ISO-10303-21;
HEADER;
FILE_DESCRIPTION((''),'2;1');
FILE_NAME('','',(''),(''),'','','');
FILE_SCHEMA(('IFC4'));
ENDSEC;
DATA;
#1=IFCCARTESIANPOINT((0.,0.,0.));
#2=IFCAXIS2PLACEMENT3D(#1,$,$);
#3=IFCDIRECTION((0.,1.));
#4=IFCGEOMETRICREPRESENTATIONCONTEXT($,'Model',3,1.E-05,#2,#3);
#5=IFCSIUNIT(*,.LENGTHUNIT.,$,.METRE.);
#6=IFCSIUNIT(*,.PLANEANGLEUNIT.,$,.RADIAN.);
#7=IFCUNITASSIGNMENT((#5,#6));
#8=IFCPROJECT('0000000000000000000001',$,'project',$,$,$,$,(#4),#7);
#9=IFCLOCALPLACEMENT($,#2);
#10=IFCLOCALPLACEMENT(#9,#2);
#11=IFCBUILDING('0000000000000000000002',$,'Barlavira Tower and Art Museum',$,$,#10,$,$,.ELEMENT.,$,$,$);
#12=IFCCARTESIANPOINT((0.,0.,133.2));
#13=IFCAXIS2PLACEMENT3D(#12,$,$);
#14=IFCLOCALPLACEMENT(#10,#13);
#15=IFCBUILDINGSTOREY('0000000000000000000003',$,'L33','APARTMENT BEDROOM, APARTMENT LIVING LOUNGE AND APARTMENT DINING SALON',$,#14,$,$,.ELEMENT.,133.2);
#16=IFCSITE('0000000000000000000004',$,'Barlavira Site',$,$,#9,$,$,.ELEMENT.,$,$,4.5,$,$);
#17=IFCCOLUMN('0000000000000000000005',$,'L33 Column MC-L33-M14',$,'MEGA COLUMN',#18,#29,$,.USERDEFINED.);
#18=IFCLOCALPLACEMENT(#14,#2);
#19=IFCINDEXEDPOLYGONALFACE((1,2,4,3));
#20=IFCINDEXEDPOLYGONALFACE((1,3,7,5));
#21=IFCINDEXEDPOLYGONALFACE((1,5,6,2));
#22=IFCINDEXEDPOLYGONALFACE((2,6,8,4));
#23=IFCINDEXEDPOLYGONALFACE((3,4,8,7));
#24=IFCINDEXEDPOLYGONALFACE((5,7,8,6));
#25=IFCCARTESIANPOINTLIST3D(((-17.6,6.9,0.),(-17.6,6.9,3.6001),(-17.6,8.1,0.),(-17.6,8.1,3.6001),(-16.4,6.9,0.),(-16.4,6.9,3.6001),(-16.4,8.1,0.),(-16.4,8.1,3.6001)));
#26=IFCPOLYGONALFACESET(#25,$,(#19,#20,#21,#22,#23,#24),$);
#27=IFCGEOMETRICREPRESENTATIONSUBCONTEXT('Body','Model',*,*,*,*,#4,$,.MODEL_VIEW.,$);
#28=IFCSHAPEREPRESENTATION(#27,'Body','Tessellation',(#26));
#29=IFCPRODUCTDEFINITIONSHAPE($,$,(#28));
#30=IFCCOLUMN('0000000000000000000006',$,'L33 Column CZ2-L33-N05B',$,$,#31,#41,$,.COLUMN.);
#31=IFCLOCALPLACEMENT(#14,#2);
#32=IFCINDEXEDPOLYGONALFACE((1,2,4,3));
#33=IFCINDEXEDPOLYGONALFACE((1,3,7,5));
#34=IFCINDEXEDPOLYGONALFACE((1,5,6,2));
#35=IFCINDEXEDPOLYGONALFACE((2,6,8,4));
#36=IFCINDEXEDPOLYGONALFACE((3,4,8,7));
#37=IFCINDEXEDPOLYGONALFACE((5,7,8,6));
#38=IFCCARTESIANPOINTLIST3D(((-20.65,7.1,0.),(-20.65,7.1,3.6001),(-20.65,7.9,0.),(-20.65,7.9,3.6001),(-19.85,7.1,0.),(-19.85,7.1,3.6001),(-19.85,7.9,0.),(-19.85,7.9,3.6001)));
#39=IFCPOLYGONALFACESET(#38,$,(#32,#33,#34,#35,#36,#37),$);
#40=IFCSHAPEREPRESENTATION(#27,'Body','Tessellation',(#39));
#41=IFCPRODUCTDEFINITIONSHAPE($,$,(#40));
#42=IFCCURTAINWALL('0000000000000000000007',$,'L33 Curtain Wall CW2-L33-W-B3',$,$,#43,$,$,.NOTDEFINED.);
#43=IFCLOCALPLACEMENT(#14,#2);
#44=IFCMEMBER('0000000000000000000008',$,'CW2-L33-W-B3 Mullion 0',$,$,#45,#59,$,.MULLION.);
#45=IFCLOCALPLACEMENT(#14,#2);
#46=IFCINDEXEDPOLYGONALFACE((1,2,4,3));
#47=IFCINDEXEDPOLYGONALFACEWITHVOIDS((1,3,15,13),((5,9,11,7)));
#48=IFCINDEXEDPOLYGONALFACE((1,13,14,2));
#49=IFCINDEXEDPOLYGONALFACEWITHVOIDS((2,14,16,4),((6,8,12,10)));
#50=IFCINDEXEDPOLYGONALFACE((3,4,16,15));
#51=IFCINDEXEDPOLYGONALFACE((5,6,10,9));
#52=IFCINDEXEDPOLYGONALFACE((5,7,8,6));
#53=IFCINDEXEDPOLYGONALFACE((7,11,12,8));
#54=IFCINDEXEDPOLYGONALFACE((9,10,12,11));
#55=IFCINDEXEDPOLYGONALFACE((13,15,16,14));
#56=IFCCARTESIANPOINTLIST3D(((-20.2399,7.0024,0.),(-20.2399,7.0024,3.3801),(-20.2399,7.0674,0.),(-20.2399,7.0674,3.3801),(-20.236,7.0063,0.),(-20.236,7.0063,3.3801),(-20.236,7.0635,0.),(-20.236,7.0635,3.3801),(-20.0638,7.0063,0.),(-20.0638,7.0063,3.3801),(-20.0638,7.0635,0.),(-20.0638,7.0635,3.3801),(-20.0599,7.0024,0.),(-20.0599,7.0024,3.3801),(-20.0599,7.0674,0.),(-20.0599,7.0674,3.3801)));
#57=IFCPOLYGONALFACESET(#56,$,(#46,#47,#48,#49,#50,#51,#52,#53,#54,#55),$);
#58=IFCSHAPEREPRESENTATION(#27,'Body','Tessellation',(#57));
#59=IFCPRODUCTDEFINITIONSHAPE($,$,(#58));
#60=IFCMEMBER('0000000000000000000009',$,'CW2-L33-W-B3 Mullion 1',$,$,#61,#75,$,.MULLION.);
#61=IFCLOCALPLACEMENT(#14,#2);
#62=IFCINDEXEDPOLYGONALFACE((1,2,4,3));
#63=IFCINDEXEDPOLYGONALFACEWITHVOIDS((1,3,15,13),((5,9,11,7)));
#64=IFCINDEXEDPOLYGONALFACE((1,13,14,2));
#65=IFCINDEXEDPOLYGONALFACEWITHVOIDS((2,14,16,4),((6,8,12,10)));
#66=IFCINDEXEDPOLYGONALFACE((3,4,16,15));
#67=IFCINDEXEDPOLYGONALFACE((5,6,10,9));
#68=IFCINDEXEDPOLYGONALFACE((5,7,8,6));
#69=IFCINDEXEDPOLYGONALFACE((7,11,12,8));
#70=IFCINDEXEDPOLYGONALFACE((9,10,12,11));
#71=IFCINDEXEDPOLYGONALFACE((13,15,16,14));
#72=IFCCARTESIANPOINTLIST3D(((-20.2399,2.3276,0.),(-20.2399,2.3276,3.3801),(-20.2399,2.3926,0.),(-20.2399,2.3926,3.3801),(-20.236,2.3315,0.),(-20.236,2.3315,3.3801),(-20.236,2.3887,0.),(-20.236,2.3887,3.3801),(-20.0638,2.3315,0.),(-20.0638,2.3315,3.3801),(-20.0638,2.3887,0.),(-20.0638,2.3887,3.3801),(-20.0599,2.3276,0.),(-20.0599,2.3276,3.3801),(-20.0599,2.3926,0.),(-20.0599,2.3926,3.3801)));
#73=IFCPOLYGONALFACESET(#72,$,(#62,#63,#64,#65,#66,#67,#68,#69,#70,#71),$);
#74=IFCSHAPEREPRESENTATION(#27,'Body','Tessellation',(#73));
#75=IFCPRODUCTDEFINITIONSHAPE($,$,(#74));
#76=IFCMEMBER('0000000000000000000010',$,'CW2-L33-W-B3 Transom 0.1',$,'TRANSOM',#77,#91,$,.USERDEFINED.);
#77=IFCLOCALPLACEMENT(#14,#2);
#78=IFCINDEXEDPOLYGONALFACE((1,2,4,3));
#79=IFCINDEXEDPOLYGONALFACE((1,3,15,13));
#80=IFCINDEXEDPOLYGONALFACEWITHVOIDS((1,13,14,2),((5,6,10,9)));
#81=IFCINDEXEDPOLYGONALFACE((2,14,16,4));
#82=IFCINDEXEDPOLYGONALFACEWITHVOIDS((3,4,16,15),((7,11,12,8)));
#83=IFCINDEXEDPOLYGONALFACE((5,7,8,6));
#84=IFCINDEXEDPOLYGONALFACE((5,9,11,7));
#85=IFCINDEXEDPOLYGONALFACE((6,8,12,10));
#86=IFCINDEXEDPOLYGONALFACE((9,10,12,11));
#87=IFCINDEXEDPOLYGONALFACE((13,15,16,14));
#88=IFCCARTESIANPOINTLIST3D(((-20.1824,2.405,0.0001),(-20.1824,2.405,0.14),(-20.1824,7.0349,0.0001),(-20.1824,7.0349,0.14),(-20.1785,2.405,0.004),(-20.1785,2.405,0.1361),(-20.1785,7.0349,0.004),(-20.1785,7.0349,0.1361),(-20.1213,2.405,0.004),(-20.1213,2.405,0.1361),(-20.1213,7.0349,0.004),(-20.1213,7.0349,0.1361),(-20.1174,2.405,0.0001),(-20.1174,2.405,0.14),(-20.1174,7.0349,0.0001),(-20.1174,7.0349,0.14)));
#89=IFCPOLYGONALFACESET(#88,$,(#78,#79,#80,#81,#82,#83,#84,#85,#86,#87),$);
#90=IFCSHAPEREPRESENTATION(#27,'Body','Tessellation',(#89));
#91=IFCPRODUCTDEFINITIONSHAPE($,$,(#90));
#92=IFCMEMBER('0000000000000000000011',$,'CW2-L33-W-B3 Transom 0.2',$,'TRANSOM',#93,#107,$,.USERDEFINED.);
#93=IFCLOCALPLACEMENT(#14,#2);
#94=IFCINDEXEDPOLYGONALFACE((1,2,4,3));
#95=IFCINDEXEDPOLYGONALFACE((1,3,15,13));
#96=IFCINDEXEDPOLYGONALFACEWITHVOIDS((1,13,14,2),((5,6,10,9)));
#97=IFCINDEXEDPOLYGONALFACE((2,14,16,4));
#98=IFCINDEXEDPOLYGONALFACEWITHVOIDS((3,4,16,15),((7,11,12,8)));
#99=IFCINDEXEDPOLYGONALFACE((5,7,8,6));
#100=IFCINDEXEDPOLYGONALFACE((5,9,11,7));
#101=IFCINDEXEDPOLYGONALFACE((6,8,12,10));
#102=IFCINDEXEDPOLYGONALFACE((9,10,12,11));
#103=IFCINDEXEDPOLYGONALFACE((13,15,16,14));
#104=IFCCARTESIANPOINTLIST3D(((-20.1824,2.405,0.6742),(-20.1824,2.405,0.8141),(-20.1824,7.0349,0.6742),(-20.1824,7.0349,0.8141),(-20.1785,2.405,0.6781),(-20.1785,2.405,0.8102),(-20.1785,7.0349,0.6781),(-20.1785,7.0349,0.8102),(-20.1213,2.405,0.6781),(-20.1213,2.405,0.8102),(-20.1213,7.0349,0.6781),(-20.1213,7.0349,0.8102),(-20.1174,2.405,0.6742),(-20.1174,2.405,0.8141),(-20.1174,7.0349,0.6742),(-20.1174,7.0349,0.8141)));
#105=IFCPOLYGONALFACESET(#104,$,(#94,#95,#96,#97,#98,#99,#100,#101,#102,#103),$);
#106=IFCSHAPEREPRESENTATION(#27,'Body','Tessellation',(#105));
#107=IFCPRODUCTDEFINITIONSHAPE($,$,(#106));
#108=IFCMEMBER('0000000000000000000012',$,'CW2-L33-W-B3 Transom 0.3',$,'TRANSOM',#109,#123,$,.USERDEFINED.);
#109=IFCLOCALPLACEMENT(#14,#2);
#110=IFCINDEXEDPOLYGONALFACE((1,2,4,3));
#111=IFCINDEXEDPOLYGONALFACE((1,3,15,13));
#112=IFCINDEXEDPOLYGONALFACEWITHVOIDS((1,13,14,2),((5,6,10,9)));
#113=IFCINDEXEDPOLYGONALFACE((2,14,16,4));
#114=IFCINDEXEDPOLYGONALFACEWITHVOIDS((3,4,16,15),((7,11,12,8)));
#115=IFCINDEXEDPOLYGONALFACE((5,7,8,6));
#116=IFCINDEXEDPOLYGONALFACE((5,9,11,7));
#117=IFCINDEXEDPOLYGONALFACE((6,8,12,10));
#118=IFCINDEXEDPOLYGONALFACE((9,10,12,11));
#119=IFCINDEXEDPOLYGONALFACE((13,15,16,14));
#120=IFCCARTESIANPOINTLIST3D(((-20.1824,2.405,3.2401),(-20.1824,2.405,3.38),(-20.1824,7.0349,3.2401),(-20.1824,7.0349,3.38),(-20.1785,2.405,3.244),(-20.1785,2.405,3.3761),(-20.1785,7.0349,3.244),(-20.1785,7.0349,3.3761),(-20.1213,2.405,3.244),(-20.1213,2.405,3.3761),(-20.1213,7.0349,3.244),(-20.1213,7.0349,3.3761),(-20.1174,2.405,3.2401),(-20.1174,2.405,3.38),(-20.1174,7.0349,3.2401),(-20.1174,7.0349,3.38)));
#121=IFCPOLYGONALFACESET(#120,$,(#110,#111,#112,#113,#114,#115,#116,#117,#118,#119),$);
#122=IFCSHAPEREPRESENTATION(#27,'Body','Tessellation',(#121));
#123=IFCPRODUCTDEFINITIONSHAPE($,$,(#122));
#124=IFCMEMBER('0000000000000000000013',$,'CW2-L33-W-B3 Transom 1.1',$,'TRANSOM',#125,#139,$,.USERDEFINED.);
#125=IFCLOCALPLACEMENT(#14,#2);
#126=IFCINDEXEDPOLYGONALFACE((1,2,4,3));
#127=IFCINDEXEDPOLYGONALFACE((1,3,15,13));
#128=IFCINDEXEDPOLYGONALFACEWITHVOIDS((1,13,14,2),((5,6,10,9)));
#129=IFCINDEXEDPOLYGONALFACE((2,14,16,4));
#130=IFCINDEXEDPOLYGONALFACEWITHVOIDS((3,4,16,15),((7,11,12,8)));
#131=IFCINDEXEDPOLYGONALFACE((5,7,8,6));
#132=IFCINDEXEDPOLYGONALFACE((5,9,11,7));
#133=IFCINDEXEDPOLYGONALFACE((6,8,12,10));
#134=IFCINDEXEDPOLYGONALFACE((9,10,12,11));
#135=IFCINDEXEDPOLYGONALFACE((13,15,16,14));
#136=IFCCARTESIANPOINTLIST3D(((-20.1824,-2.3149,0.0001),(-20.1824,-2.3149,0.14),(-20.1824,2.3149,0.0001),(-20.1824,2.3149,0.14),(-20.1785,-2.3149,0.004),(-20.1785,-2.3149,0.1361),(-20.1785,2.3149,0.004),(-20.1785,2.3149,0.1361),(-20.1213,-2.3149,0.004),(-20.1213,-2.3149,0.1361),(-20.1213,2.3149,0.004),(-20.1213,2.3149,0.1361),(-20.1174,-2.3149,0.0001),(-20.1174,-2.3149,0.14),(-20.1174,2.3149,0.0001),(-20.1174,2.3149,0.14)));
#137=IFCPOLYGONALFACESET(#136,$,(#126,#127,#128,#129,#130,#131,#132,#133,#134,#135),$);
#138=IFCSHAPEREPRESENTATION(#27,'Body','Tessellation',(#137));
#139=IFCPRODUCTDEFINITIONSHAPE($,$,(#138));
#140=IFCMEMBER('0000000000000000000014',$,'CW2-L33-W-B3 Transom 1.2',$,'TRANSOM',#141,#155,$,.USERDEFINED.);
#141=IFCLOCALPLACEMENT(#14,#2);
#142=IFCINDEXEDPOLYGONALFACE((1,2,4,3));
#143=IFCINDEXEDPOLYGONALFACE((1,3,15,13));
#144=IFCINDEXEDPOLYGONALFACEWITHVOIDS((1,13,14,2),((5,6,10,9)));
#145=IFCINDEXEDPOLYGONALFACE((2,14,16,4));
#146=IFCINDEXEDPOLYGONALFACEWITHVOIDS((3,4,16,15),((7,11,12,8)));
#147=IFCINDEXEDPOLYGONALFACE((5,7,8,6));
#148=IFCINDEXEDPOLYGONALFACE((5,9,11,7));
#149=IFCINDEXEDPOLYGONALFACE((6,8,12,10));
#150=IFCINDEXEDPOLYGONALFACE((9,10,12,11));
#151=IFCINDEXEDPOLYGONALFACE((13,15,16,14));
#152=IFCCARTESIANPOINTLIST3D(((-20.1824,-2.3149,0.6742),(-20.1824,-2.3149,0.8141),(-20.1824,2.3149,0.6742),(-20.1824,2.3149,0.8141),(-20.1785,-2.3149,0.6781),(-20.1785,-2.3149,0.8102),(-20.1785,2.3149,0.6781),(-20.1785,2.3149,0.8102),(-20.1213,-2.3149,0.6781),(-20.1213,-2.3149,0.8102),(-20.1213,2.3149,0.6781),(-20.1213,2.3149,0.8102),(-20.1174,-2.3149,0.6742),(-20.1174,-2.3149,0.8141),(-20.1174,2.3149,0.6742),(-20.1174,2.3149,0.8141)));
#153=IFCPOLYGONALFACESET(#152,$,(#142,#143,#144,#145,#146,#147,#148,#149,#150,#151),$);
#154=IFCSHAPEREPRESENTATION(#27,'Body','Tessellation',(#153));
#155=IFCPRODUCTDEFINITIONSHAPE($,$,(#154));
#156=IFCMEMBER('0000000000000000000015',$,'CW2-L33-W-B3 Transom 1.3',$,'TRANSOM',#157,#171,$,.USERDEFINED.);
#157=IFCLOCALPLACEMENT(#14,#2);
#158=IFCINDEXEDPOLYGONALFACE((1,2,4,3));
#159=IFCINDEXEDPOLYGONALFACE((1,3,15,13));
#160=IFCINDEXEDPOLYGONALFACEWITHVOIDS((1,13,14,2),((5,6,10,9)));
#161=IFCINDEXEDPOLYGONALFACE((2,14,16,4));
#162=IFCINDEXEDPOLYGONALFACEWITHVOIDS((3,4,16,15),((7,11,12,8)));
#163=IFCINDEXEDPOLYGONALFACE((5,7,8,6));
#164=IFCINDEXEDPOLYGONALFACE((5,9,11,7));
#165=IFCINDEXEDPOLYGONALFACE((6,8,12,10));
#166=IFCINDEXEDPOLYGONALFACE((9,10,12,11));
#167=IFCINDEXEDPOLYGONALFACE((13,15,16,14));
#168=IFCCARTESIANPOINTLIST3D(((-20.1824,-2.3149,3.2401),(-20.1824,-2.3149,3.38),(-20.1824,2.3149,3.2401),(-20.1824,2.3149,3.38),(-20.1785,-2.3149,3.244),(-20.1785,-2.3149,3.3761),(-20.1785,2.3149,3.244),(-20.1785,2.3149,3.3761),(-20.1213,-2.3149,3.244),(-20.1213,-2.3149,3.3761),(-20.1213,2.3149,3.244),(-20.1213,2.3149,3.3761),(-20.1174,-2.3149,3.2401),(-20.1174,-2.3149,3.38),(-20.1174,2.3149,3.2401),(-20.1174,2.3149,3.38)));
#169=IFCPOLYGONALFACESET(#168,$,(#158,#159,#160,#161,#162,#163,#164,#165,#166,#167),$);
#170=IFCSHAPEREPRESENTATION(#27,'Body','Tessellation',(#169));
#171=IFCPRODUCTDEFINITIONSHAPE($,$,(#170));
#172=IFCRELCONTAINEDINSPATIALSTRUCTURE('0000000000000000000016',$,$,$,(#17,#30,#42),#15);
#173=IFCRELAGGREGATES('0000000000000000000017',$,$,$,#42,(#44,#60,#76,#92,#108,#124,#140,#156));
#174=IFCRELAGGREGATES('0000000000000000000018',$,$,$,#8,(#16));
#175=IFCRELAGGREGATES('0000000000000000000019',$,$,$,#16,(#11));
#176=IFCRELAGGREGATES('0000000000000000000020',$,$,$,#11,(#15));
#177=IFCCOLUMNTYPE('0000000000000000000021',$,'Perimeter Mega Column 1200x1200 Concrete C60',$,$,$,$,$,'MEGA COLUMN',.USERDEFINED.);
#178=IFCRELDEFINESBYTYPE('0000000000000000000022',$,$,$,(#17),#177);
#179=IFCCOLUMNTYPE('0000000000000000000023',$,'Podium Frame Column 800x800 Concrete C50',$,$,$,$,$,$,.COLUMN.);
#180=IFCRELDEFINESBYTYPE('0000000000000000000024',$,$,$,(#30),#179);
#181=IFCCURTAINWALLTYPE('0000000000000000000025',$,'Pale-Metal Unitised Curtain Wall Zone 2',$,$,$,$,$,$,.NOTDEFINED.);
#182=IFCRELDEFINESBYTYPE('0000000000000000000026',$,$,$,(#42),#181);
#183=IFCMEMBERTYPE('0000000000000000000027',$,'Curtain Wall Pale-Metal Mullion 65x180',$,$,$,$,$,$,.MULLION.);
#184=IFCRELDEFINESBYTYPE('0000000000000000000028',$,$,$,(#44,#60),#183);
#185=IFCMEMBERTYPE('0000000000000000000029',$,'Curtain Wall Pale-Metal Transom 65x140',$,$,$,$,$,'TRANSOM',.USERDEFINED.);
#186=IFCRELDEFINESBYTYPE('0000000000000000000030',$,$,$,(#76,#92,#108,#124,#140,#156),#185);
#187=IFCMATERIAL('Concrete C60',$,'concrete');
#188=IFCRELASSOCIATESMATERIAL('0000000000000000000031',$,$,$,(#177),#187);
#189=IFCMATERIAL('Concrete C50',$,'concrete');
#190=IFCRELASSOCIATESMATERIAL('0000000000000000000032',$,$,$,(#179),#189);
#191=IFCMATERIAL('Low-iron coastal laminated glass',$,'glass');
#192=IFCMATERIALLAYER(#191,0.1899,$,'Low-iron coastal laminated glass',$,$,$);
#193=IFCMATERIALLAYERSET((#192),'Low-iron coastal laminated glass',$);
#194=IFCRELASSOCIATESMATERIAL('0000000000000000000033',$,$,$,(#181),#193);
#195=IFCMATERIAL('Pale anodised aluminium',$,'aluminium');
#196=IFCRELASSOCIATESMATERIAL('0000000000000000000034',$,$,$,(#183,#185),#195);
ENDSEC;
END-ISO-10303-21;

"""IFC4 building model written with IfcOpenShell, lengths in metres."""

from ifc_helpers import new_model, si_unit, direction, frame, origin, origin_2d, place, context, subcontext, project, spatial, rectangle, hollow_rectangle, extrude, material, layer, layer_set, material_profile, profile_set, type_object, element, aggregate, save


model = new_model("IFC4")

# Units and contexts
model_context = context("Model", 3, precision=1e-05, world=origin(), true_north=direction((0.0, 1.0)))
body_context = subcontext(model_context, "Body", "Model", "MODEL_VIEW")
ifc_project = project(units=[si_unit("LENGTHUNIT", "METRE"), si_unit("PLANEANGLEUNIT", "RADIAN")], contexts=[model_context])

# Site, building, storey
site_placement = place(None, origin())
site = spatial("IfcSite", under=ifc_project, at=site_placement, Name="Barlavira Site", CompositionType="ELEMENT", RefElevation=4.5)
building_placement = place(site_placement, origin())
building = spatial("IfcBuilding", under=site, at=building_placement, Name="Barlavira Tower and Art Museum", CompositionType="ELEMENT")
storey_placement = place(building_placement, frame((0.0, 0.0, 133.2)))
storey = spatial("IfcBuildingStorey", under=building, at=storey_placement, Name="L33", Description="APARTMENT BEDROOM, APARTMENT LIVING LOUNGE AND APARTMENT DINING SALON", CompositionType="ELEMENT", Elevation=133.2)

# Columns
ifc_material_1 = material(Name="Concrete C60", Category="concrete")
ifc_material_profile_1 = material_profile(ifc_material_1, rectangle(XDim=1.2, YDim=1.2, at=origin_2d()), Name="RC-COL 1200x1200")
ifc_profile_set_1 = profile_set([ifc_material_profile_1], Name="Concrete C60")
column_type_1 = type_object("IfcColumnType", Name="Perimeter Mega Column 1200x1200 Concrete C60", ElementType="MEGA COLUMN", PredefinedType="USERDEFINED", material=ifc_profile_set_1)
column_1_placement = place(storey_placement, frame((-17.0, 7.5, 0.0), z_axis=(0.0, 0.0, 1.0), x_axis=(1.0, 0.0, 0.0)))
element("IfcColumn", 1, at=column_1_placement, inside=storey, type_object=column_type_1, Name="L33 Column MC-L33-M14", ObjectType="MEGA COLUMN", PredefinedType="USERDEFINED", context=body_context, shape_type="SweptSolid", body=[
    extrude(rectangle(XDim=1.2, YDim=1.2, at=origin_2d()), origin(), (0.0, 0.0, 1.0), 3.6001),
])
ifc_material_2 = material(Name="Concrete C50", Category="concrete")
ifc_material_profile_2 = material_profile(ifc_material_2, rectangle(XDim=0.8, YDim=0.8, at=origin_2d()), Name="RC-COL 800x800")
ifc_profile_set_2 = profile_set([ifc_material_profile_2], Name="Concrete C50")
column_type_2 = type_object("IfcColumnType", Name="Podium Frame Column 800x800 Concrete C50", PredefinedType="COLUMN", material=ifc_profile_set_2)
column_2_placement = place(storey_placement, frame((-20.25, 7.5, 0.0), z_axis=(0.0, 0.0, 1.0), x_axis=(1.0, 0.0, 0.0)))
element("IfcColumn", 2, at=column_2_placement, inside=storey, type_object=column_type_2, Name="L33 Column CZ2-L33-N05B", PredefinedType="COLUMN", context=body_context, shape_type="SweptSolid", body=[
    extrude(rectangle(XDim=0.8, YDim=0.8, at=origin_2d()), origin(), (0.0, 0.0, 1.0), 3.6001),
])

# Curtain wall, members
ifc_material_3 = material(Name="Low-iron coastal laminated glass", Category="glass")
ifc_layer_1 = layer(ifc_material_3, 0.1899, Name="Low-iron coastal laminated glass")
ifc_layer_set_1 = layer_set([ifc_layer_1], Name="Low-iron coastal laminated glass")
curtain_wall_type = type_object("IfcCurtainWallType", Name="Pale-Metal Unitised Curtain Wall Zone 2", PredefinedType="NOTDEFINED", material=ifc_layer_set_1)
curtain_wall_placement = place(storey_placement, origin())
curtain_wall = element("IfcCurtainWall", 3, at=curtain_wall_placement, inside=storey, type_object=curtain_wall_type, Name="L33 Curtain Wall CW2-L33-W-B3", PredefinedType="NOTDEFINED")
ifc_material_4 = material(Name="Pale anodised aluminium", Category="aluminium")
ifc_material_profile_3 = material_profile(ifc_material_4, hollow_rectangle(XDim=0.0649, YDim=0.1799, WallThickness=0.0039, at=origin_2d()), Name="ALU-MULL 65x180x4")
ifc_profile_set_3 = profile_set([ifc_material_profile_3], Name="Pale anodised aluminium")
member_type_1 = type_object("IfcMemberType", Name="Curtain Wall Pale-Metal Mullion 65x180", PredefinedType="MULLION", material=ifc_profile_set_3)
member_1_placement = place(storey_placement, frame((-20.1499, 7.0349, 0.0), z_axis=(0.0, 0.0, 1.0), x_axis=(0.0, -1.0, 0.0)))
member_1 = element("IfcMember", 4, at=member_1_placement, type_object=member_type_1, Name="CW2-L33-W-B3 Mullion 0", PredefinedType="MULLION", context=body_context, shape_type="SweptSolid", body=[
    extrude(hollow_rectangle(XDim=0.0649, YDim=0.1799, WallThickness=0.0039, at=origin_2d()), origin(), (0.0, 0.0, 1.0), 3.3801),
])
member_2_placement = place(storey_placement, frame((-20.1499, 2.3601, 0.0), z_axis=(0.0, 0.0, 1.0), x_axis=(0.0, -1.0, 0.0)))
member_2 = element("IfcMember", 5, at=member_2_placement, type_object=member_type_1, Name="CW2-L33-W-B3 Mullion 1", PredefinedType="MULLION", context=body_context, shape_type="SweptSolid", body=[
    extrude(hollow_rectangle(XDim=0.0649, YDim=0.1799, WallThickness=0.0039, at=origin_2d()), origin(), (0.0, 0.0, 1.0), 3.3801),
])
ifc_material_profile_4 = material_profile(ifc_material_4, hollow_rectangle(XDim=0.0649, YDim=0.1399, WallThickness=0.0039, at=origin_2d()), Name="ALU-TRAN 65x140x4")
ifc_profile_set_4 = profile_set([ifc_material_profile_4], Name="Pale anodised aluminium")
member_type_2 = type_object("IfcMemberType", Name="Curtain Wall Pale-Metal Transom 65x140", ElementType="TRANSOM", PredefinedType="USERDEFINED", material=ifc_profile_set_4)
member_3_placement = place(storey_placement, frame((-20.1499, 7.0349, 0.0701), z_axis=(0.0, -1.0, 0.0), x_axis=(1.0, 0.0, 0.0)))
member_3 = element("IfcMember", 6, at=member_3_placement, type_object=member_type_2, Name="CW2-L33-W-B3 Transom 0.1", ObjectType="TRANSOM", PredefinedType="USERDEFINED", context=body_context, shape_type="SweptSolid", body=[
    extrude(hollow_rectangle(XDim=0.0649, YDim=0.1399, WallThickness=0.0039, at=origin_2d()), origin(), (0.0, 0.0, 1.0), 4.6299),
])
member_4_placement = place(storey_placement, frame((-20.1499, 7.0349, 0.7441), z_axis=(0.0, -1.0, 0.0), x_axis=(1.0, 0.0, 0.0)))
member_4 = element("IfcMember", 7, at=member_4_placement, type_object=member_type_2, Name="CW2-L33-W-B3 Transom 0.2", ObjectType="TRANSOM", PredefinedType="USERDEFINED", context=body_context, shape_type="SweptSolid", body=[
    extrude(hollow_rectangle(XDim=0.0649, YDim=0.1399, WallThickness=0.0039, at=origin_2d()), origin(), (0.0, 0.0, 1.0), 4.6299),
])
member_5_placement = place(storey_placement, frame((-20.1499, 7.0349, 3.3101), z_axis=(0.0, -1.0, 0.0), x_axis=(1.0, 0.0, 0.0)))
member_5 = element("IfcMember", 8, at=member_5_placement, type_object=member_type_2, Name="CW2-L33-W-B3 Transom 0.3", ObjectType="TRANSOM", PredefinedType="USERDEFINED", context=body_context, shape_type="SweptSolid", body=[
    extrude(hollow_rectangle(XDim=0.0649, YDim=0.1399, WallThickness=0.0039, at=origin_2d()), origin(), (0.0, 0.0, 1.0), 4.6299),
])
member_6_placement = place(storey_placement, frame((-20.1499, 2.3149, 0.0701), z_axis=(0.0, -1.0, 0.0), x_axis=(1.0, 0.0, 0.0)))
member_6 = element("IfcMember", 9, at=member_6_placement, type_object=member_type_2, Name="CW2-L33-W-B3 Transom 1.1", ObjectType="TRANSOM", PredefinedType="USERDEFINED", context=body_context, shape_type="SweptSolid", body=[
    extrude(hollow_rectangle(XDim=0.0649, YDim=0.1399, WallThickness=0.0039, at=origin_2d()), origin(), (0.0, 0.0, 1.0), 4.6299),
])
member_7_placement = place(storey_placement, frame((-20.1499, 2.3149, 0.7441), z_axis=(0.0, -1.0, 0.0), x_axis=(1.0, 0.0, 0.0)))
member_7 = element("IfcMember", 10, at=member_7_placement, type_object=member_type_2, Name="CW2-L33-W-B3 Transom 1.2", ObjectType="TRANSOM", PredefinedType="USERDEFINED", context=body_context, shape_type="SweptSolid", body=[
    extrude(hollow_rectangle(XDim=0.0649, YDim=0.1399, WallThickness=0.0039, at=origin_2d()), origin(), (0.0, 0.0, 1.0), 4.6299),
])
member_8_placement = place(storey_placement, frame((-20.1499, 2.3149, 3.3101), z_axis=(0.0, -1.0, 0.0), x_axis=(1.0, 0.0, 0.0)))
member_8 = element("IfcMember", 11, at=member_8_placement, type_object=member_type_2, Name="CW2-L33-W-B3 Transom 1.3", ObjectType="TRANSOM", PredefinedType="USERDEFINED", context=body_context, shape_type="SweptSolid", body=[
    extrude(hollow_rectangle(XDim=0.0649, YDim=0.1399, WallThickness=0.0039, at=origin_2d()), origin(), (0.0, 0.0, 1.0), 4.6299),
])

aggregate(curtain_wall, [member_1, member_2, member_3, member_4, member_5, member_6, member_7, member_8])

save(model, "model.ifc")
